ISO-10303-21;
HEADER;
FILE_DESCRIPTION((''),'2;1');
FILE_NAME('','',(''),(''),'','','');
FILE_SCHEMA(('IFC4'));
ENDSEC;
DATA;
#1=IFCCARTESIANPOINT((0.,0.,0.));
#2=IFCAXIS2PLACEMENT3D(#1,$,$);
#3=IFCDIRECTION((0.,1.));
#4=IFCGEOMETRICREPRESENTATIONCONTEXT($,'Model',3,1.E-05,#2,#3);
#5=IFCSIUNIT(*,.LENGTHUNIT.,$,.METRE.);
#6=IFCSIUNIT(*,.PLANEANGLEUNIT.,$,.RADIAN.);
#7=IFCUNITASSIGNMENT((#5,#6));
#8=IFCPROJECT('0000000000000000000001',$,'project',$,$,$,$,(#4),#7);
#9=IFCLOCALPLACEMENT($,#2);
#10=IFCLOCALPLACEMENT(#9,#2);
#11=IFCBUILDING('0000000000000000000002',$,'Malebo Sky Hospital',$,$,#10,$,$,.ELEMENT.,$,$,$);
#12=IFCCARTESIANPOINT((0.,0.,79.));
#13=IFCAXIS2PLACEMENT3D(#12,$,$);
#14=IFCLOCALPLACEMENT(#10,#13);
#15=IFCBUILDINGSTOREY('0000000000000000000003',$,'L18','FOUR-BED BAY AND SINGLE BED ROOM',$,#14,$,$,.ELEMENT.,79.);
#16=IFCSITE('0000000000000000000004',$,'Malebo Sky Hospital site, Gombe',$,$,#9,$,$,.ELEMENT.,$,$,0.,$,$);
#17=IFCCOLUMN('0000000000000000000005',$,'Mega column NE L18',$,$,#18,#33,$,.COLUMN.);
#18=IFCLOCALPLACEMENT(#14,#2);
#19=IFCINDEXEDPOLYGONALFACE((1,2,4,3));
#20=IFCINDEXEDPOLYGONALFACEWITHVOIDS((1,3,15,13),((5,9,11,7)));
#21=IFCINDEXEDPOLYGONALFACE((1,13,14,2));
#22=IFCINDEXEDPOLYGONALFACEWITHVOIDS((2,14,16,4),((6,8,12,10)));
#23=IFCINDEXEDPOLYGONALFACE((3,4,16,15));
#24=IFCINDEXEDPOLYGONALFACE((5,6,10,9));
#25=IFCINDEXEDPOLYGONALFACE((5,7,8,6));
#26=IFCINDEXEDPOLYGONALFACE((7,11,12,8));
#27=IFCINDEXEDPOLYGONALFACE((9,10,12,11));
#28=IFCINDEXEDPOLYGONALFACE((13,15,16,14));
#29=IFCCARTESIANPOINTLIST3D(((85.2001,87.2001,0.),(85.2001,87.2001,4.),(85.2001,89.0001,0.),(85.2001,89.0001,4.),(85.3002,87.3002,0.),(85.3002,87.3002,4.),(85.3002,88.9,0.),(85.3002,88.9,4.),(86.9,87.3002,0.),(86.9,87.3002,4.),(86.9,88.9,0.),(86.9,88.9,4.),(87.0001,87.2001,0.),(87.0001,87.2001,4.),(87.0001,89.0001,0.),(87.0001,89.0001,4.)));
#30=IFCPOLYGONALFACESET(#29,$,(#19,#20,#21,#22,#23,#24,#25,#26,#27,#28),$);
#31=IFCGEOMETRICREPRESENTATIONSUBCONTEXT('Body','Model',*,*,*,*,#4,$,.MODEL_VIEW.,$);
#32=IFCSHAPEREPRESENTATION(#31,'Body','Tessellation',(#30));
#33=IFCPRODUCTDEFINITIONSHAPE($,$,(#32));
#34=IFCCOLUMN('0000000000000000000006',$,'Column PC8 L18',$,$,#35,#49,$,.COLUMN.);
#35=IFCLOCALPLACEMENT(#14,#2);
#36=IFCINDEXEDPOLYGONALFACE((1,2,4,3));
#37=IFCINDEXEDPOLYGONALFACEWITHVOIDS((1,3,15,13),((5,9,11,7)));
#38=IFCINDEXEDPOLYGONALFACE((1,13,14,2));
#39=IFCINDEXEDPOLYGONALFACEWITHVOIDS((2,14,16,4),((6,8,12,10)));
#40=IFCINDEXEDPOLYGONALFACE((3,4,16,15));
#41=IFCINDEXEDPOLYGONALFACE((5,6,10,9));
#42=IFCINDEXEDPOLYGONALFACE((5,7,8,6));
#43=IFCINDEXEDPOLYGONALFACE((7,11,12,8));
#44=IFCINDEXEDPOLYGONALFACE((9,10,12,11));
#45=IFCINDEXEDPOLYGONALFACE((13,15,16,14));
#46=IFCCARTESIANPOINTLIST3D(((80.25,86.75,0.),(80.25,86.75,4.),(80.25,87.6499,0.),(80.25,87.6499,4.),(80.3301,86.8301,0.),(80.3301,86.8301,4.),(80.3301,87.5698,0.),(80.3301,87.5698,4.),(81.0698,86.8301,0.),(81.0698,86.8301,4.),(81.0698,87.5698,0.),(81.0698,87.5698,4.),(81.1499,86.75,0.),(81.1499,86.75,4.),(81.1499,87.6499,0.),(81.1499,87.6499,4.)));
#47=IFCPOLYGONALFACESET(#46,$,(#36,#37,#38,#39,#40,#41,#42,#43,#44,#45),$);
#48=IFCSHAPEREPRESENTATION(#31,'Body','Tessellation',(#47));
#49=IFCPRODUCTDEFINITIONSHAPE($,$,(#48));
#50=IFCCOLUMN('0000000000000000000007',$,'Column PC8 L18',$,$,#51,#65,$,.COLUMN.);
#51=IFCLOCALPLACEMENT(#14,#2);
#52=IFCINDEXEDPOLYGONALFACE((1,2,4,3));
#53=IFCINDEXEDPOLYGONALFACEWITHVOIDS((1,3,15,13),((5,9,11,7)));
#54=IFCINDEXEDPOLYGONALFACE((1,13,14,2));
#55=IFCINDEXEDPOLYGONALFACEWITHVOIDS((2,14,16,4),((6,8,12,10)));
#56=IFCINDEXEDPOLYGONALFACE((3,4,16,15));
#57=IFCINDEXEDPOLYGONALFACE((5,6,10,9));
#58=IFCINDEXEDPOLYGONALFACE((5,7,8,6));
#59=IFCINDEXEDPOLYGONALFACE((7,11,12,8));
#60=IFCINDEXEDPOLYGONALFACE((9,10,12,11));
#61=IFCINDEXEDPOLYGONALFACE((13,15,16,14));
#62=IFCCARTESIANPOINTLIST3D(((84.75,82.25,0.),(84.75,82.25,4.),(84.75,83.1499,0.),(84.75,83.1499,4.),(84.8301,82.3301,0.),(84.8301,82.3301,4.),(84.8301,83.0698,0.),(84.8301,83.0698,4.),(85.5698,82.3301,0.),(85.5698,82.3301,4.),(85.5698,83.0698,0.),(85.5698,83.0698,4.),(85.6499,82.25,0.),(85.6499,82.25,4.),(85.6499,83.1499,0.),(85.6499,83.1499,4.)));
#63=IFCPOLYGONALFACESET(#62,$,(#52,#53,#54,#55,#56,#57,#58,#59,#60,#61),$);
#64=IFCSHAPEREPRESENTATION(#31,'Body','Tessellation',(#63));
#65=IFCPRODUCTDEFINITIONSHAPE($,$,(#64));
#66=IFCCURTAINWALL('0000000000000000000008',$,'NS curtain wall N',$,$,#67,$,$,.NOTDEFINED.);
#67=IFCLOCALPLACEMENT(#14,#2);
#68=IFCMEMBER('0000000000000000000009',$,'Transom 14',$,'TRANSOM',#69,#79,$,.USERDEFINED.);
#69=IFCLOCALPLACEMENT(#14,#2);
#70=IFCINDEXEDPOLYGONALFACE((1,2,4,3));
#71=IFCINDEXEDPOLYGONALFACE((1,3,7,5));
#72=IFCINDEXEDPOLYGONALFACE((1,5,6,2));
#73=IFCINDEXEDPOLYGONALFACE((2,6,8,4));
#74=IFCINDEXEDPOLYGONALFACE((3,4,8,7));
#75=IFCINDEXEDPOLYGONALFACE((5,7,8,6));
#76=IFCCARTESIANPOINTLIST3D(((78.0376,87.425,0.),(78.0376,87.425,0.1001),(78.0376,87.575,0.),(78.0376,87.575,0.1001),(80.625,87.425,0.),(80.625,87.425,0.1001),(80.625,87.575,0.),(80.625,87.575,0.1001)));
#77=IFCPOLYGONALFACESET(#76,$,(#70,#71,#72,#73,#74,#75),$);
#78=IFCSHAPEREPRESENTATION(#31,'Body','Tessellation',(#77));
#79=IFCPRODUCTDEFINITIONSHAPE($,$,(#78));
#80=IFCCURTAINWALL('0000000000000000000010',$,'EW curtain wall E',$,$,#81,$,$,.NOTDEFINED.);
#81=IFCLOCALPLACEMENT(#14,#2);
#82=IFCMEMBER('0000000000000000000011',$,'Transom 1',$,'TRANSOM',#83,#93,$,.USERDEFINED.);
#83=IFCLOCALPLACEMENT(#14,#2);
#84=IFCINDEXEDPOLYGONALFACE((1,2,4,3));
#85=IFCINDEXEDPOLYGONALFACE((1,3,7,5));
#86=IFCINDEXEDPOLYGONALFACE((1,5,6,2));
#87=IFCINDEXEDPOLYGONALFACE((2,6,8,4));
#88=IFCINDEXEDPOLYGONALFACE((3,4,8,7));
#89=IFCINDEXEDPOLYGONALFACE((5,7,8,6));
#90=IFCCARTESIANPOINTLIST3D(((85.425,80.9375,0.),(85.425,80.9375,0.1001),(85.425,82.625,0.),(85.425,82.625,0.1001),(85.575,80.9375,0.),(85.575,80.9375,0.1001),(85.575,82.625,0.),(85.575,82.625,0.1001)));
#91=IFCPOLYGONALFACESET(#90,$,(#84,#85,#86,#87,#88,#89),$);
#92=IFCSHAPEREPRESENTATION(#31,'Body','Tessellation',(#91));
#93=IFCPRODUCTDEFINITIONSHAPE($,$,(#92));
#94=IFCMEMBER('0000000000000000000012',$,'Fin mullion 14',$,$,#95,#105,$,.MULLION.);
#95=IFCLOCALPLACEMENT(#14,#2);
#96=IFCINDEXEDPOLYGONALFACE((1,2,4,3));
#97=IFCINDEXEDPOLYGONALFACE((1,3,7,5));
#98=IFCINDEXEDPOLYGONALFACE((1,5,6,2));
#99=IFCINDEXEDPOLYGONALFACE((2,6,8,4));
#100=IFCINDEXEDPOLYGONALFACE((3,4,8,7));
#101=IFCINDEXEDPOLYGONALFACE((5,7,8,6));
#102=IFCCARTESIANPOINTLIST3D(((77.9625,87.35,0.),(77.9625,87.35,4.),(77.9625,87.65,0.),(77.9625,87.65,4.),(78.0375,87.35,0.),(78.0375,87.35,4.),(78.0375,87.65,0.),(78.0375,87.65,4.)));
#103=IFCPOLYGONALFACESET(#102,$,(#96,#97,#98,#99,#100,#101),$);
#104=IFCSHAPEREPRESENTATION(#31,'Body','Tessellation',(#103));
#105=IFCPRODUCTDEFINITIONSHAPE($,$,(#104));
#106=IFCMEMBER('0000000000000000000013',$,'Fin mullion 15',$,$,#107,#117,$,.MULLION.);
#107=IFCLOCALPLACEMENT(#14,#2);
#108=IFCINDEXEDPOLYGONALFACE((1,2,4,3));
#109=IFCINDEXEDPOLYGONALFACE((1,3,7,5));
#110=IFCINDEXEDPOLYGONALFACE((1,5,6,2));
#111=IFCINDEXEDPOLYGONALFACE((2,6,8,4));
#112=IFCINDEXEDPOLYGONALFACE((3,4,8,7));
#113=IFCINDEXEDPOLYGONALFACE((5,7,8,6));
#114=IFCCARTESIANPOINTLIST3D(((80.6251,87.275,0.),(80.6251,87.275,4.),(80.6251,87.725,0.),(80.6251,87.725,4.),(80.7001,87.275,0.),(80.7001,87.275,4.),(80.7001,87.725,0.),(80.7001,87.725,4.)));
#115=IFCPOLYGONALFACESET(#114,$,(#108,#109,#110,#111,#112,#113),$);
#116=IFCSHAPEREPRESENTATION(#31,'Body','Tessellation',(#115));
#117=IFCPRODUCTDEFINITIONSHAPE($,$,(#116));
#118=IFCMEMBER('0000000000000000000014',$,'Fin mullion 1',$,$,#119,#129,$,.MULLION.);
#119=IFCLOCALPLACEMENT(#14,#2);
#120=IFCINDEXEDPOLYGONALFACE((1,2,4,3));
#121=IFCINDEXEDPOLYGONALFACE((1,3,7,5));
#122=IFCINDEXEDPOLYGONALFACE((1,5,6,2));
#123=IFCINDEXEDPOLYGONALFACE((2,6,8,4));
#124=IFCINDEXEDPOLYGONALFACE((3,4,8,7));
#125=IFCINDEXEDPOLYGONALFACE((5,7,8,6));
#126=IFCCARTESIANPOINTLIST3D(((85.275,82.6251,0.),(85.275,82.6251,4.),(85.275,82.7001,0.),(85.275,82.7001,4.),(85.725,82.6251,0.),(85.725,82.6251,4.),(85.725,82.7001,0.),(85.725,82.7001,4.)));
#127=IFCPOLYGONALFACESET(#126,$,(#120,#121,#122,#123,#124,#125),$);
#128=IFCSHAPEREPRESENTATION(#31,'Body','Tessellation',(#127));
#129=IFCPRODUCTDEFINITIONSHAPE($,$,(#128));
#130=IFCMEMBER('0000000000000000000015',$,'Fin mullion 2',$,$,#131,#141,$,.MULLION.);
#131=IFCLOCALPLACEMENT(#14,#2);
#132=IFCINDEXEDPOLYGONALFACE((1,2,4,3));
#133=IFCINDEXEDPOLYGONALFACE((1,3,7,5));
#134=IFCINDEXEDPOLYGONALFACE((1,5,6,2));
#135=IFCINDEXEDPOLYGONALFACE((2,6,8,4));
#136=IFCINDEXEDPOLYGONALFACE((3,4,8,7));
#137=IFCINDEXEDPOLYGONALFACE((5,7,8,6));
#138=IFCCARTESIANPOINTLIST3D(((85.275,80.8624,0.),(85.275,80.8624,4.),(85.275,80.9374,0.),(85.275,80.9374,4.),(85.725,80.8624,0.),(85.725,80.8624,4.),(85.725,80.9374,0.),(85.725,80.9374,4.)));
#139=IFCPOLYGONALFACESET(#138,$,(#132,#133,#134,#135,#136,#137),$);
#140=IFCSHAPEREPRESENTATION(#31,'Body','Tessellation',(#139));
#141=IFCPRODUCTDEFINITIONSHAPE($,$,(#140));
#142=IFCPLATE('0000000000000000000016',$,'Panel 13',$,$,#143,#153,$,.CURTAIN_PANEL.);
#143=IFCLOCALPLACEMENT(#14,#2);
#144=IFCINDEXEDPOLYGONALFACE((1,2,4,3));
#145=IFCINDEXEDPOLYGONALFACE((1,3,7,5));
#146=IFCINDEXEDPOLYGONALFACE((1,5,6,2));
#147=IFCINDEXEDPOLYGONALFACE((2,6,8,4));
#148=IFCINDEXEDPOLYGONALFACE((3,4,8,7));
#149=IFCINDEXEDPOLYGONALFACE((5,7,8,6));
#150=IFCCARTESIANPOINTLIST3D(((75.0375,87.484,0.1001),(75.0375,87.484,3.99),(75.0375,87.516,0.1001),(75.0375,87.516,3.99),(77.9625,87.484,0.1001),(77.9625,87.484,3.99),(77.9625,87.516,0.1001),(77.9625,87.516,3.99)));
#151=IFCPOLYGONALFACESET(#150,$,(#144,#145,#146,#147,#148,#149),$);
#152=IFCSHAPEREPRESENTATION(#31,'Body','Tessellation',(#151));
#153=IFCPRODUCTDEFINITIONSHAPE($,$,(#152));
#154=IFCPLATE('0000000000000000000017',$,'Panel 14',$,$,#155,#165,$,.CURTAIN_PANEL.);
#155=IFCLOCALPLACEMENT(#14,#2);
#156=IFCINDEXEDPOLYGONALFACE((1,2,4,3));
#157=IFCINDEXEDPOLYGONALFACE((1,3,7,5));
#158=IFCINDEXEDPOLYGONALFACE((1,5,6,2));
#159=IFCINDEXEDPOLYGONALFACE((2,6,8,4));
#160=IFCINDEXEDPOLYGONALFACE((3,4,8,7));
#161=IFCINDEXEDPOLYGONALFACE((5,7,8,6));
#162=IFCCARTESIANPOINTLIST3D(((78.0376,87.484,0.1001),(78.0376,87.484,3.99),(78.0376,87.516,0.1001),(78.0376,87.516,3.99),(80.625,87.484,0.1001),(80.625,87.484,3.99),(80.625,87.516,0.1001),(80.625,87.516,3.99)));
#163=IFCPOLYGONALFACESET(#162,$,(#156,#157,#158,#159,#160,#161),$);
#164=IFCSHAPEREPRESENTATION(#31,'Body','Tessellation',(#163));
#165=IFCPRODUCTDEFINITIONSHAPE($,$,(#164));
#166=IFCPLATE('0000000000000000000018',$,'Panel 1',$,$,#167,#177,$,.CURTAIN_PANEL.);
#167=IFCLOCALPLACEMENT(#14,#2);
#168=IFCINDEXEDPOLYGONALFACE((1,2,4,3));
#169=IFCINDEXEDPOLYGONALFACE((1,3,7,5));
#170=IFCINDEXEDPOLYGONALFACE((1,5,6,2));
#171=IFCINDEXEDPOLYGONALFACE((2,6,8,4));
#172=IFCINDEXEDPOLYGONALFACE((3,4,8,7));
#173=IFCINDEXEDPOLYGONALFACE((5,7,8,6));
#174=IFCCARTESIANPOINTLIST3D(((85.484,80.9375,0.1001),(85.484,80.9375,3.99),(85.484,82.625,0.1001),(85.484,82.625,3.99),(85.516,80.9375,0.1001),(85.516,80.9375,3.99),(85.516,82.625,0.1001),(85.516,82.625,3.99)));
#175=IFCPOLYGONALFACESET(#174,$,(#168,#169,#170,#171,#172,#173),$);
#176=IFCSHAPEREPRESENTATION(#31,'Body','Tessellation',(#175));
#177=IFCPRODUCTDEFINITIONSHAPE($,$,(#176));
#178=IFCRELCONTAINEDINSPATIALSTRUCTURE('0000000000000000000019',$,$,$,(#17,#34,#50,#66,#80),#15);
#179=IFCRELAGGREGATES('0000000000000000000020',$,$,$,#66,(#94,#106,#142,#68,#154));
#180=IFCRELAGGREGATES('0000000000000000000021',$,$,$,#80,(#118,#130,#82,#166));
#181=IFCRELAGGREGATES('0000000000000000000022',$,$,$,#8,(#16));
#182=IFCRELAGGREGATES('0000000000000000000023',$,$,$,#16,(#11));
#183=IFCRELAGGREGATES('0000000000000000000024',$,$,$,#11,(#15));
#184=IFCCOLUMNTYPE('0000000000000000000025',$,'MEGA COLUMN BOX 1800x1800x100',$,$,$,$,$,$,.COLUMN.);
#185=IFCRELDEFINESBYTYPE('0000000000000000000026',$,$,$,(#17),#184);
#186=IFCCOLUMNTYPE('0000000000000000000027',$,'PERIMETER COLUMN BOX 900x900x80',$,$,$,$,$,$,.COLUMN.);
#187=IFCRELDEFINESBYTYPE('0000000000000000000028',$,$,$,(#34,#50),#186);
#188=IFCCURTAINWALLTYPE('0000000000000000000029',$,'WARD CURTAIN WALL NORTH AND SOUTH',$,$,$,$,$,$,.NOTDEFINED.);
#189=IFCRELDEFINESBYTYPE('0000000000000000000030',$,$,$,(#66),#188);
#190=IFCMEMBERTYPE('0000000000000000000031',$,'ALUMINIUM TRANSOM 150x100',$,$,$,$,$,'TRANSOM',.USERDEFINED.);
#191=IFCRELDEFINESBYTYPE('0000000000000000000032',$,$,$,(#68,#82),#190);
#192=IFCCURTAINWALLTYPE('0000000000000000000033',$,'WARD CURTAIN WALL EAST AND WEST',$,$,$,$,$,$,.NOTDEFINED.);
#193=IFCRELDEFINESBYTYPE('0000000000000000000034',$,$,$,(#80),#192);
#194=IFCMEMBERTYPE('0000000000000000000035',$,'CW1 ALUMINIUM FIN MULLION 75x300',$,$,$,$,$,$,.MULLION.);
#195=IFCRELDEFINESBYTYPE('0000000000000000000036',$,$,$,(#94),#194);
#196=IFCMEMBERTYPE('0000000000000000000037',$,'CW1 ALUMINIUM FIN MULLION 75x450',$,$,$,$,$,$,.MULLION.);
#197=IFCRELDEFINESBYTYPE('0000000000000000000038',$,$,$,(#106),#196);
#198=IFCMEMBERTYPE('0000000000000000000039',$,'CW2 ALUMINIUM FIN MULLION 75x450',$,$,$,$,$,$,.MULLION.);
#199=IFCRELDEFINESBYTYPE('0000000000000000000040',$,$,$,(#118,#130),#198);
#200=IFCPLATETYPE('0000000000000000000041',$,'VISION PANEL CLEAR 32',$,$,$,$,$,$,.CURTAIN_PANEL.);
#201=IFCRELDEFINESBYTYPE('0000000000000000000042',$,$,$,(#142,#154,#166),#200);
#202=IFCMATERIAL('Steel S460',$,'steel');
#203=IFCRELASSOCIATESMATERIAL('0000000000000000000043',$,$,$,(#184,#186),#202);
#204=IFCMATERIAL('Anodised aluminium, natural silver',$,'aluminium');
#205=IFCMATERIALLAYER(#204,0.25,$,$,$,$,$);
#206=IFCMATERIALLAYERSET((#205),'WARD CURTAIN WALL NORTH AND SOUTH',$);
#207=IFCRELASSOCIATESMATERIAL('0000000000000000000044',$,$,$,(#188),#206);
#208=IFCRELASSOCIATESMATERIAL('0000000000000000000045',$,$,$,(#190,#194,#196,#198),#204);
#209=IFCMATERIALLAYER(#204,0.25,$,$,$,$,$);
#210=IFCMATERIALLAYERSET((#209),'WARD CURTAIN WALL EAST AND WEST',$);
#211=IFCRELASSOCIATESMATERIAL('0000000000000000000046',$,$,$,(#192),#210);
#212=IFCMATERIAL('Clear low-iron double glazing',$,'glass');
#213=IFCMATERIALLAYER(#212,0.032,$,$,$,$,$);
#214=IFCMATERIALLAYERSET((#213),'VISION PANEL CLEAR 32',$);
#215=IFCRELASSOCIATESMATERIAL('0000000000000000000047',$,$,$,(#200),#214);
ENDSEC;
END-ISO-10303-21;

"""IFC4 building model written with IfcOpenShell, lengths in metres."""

from ifc_helpers import new_model, si_unit, direction, frame, origin, origin_2d, place, context, subcontext, project, spatial, rectangle, hollow_rectangle, extrude, material, layer, layer_set, material_profile, profile_set, type_object, element, aggregate, save


model = new_model("IFC4")

# Units and contexts
model_context = context("Model", 3, precision=1e-05, world=origin(), true_north=direction((0.0, 1.0)))
body_context = subcontext(model_context, "Body", "Model", "MODEL_VIEW")
ifc_project = project(units=[si_unit("LENGTHUNIT", "METRE"), si_unit("PLANEANGLEUNIT", "RADIAN")], contexts=[model_context])

# Site, building, storey
site_placement = place(None, origin())
site = spatial("IfcSite", under=ifc_project, at=site_placement, Name="Malebo Sky Hospital site, Gombe", CompositionType="ELEMENT", RefElevation=0.0)
building_placement = place(site_placement, origin())
building = spatial("IfcBuilding", under=site, at=building_placement, Name="Malebo Sky Hospital", CompositionType="ELEMENT")
storey_placement = place(building_placement, frame((0.0, 0.0, 79.0)))
storey = spatial("IfcBuildingStorey", under=building, at=storey_placement, Name="L18", Description="FOUR-BED BAY AND SINGLE BED ROOM", CompositionType="ELEMENT", Elevation=79.0)

# Columns
ifc_material_1 = material(Name="Steel S460", Category="steel")
ifc_material_profile_1 = material_profile(ifc_material_1, hollow_rectangle(XDim=1.8, YDim=1.8, WallThickness=0.1001, at=origin_2d()), Name="BOX 1800x1800x100")
ifc_profile_set_1 = profile_set([ifc_material_profile_1], Name="Steel S460")
column_type_1 = type_object("IfcColumnType", Name="MEGA COLUMN BOX 1800x1800x100", PredefinedType="COLUMN", material=ifc_profile_set_1)
column_placement = place(storey_placement, frame((86.1001, 88.1001, 0.0), z_axis=(0.0, 0.0, 1.0), x_axis=(1.0, 0.0, 0.0)))
element("IfcColumn", 1, at=column_placement, inside=storey, type_object=column_type_1, Name="Mega column NE L18", PredefinedType="COLUMN", context=body_context, shape_type="SweptSolid", body=[
    extrude(hollow_rectangle(XDim=1.8, YDim=1.8, WallThickness=0.1001, at=origin_2d()), origin(), (0.0, 0.0, 1.0), 4.0),
])
ifc_material_profile_2 = material_profile(ifc_material_1, hollow_rectangle(XDim=0.8999, YDim=0.8999, WallThickness=0.0801, at=origin_2d()), Name="BOX 900x900x80")
ifc_profile_set_2 = profile_set([ifc_material_profile_2], Name="Steel S460")
column_type_2 = type_object("IfcColumnType", Name="PERIMETER COLUMN BOX 900x900x80", PredefinedType="COLUMN", material=ifc_profile_set_2)
for number, where, z_axis, x_axis, name in (
    (2, (80.7, 87.2, 0.0), (0.0, 0.0, 1.0), (1.0, 0.0, 0.0), "Column PC8 L18"),
    (3, (85.2, 82.7, 0.0), (0.0, 0.0, 1.0), (1.0, 0.0, 0.0), "Column PC8 L18"),
):
    element("IfcColumn", number, at=place(storey_placement, frame(where, z_axis=z_axis, x_axis=x_axis)), inside=storey, type_object=column_type_2, Name=name, PredefinedType="COLUMN", context=body_context, shape_type="SweptSolid", body=[
        extrude(hollow_rectangle(XDim=0.8999, YDim=0.8999, WallThickness=0.0801, at=origin_2d()), origin(), (0.0, 0.0, 1.0), 4.0),
    ])

# Curtain walls, members
ifc_material_2 = material(Name="Anodised aluminium, natural silver", Category="aluminium")
ifc_layer_1 = layer(ifc_material_2, 0.25)
ifc_layer_set_1 = layer_set([ifc_layer_1], Name="WARD CURTAIN WALL NORTH AND SOUTH")
curtain_wall_type_1 = type_object("IfcCurtainWallType", Name="WARD CURTAIN WALL NORTH AND SOUTH", PredefinedType="NOTDEFINED", material=ifc_layer_set_1)
curtain_wall_1_placement = place(storey_placement, origin())
curtain_wall_1 = element("IfcCurtainWall", 4, at=curtain_wall_1_placement, inside=storey, type_object=curtain_wall_type_1, Name="NS curtain wall N", PredefinedType="NOTDEFINED")
ifc_material_profile_3 = material_profile(ifc_material_2, rectangle(XDim=0.1499, YDim=0.1001, at=origin_2d()), Name="ALUMINIUM TRANSOM 150x100")
ifc_profile_set_3 = profile_set([ifc_material_profile_3], Name="Anodised aluminium, natural silver")
member_type_1 = type_object("IfcMemberType", Name="ALUMINIUM TRANSOM 150x100", ElementType="TRANSOM", PredefinedType="USERDEFINED", material=ifc_profile_set_3)
member_1_placement = place(storey_placement, frame((78.0376, 87.5, 0.05), z_axis=(1.0, 0.0, 0.0), x_axis=(0.0, 1.0, 0.0)))
member_1 = element("IfcMember", 5, at=member_1_placement, type_object=member_type_1, Name="Transom 14", ObjectType="TRANSOM", PredefinedType="USERDEFINED", context=body_context, shape_type="SweptSolid", body=[
    extrude(rectangle(XDim=0.1499, YDim=0.1001, at=origin_2d()), origin(), (0.0, 0.0, 1.0), 2.5874),
])
ifc_layer_2 = layer(ifc_material_2, 0.25)
ifc_layer_set_2 = layer_set([ifc_layer_2], Name="WARD CURTAIN WALL EAST AND WEST")
curtain_wall_type_2 = type_object("IfcCurtainWallType", Name="WARD CURTAIN WALL EAST AND WEST", PredefinedType="NOTDEFINED", material=ifc_layer_set_2)
curtain_wall_2_placement = place(storey_placement, origin())
curtain_wall_2 = element("IfcCurtainWall", 6, at=curtain_wall_2_placement, inside=storey, type_object=curtain_wall_type_2, Name="EW curtain wall E", PredefinedType="NOTDEFINED")
member_2_placement = place(storey_placement, frame((85.5, 82.625, 0.05), z_axis=(0.0, -1.0, 0.0), x_axis=(1.0, 0.0, 0.0)))
member_2 = element("IfcMember", 7, at=member_2_placement, type_object=member_type_1, Name="Transom 1", ObjectType="TRANSOM", PredefinedType="USERDEFINED", context=body_context, shape_type="SweptSolid", body=[
    extrude(rectangle(XDim=0.1499, YDim=0.1001, at=origin_2d()), origin(), (0.0, 0.0, 1.0), 1.6875),
])

# Members
ifc_material_profile_4 = material_profile(ifc_material_2, rectangle(XDim=0.075, YDim=0.3, at=origin_2d()), Name="CW1 ALUMINIUM FIN MULLION 75x300")
ifc_profile_set_4 = profile_set([ifc_material_profile_4], Name="Anodised aluminium, natural silver")
member_type_2 = type_object("IfcMemberType", Name="CW1 ALUMINIUM FIN MULLION 75x300", PredefinedType="MULLION", material=ifc_profile_set_4)
member_3_placement = place(storey_placement, frame((78.0, 87.5, 0.0), z_axis=(0.0, 0.0, 1.0), x_axis=(1.0, 0.0, 0.0)))
member_3 = element("IfcMember", 8, at=member_3_placement, type_object=member_type_2, Name="Fin mullion 14", PredefinedType="MULLION", context=body_context, shape_type="SweptSolid", body=[
    extrude(rectangle(XDim=0.075, YDim=0.3, at=origin_2d()), origin(), (0.0, 0.0, 1.0), 4.0),
])
ifc_material_profile_5 = material_profile(ifc_material_2, rectangle(XDim=0.075, YDim=0.45, at=origin_2d()), Name="CW1 ALUMINIUM FIN MULLION 75x450")
ifc_profile_set_5 = profile_set([ifc_material_profile_5], Name="Anodised aluminium, natural silver")
member_type_3 = type_object("IfcMemberType", Name="CW1 ALUMINIUM FIN MULLION 75x450", PredefinedType="MULLION", material=ifc_profile_set_5)
member_4_placement = place(storey_placement, frame((80.6626, 87.5, 0.0), z_axis=(0.0, 0.0, 1.0), x_axis=(1.0, 0.0, 0.0)))
member_4 = element("IfcMember", 9, at=member_4_placement, type_object=member_type_3, Name="Fin mullion 15", PredefinedType="MULLION", context=body_context, shape_type="SweptSolid", body=[
    extrude(rectangle(XDim=0.075, YDim=0.45, at=origin_2d()), origin(), (0.0, 0.0, 1.0), 4.0),
])
ifc_material_profile_6 = material_profile(ifc_material_2, rectangle(XDim=0.075, YDim=0.45, at=origin_2d()), Name="CW2 ALUMINIUM FIN MULLION 75x450")
ifc_profile_set_6 = profile_set([ifc_material_profile_6], Name="Anodised aluminium, natural silver")
member_type_4 = type_object("IfcMemberType", Name="CW2 ALUMINIUM FIN MULLION 75x450", PredefinedType="MULLION", material=ifc_profile_set_6)
member_5_placement = place(storey_placement, frame((85.5, 82.6626, 0.0), z_axis=(0.0, 0.0, 1.0), x_axis=(0.0, -1.0, 0.0)))
member_5 = element("IfcMember", 10, at=member_5_placement, type_object=member_type_4, Name="Fin mullion 1", PredefinedType="MULLION", context=body_context, shape_type="SweptSolid", body=[
    extrude(rectangle(XDim=0.075, YDim=0.45, at=origin_2d()), origin(), (0.0, 0.0, 1.0), 4.0),
])
member_6_placement = place(storey_placement, frame((85.5, 80.8999, 0.0), z_axis=(0.0, 0.0, 1.0), x_axis=(0.0, -1.0, 0.0)))
member_6 = element("IfcMember", 11, at=member_6_placement, type_object=member_type_4, Name="Fin mullion 2", PredefinedType="MULLION", context=body_context, shape_type="SweptSolid", body=[
    extrude(rectangle(XDim=0.075, YDim=0.45, at=origin_2d()), origin(), (0.0, 0.0, 1.0), 4.0),
])

# Plates
ifc_material_3 = material(Name="Clear low-iron double glazing", Category="glass")
ifc_layer_3 = layer(ifc_material_3, 0.032)
ifc_layer_set_3 = layer_set([ifc_layer_3], Name="VISION PANEL CLEAR 32")
plate_type = type_object("IfcPlateType", Name="VISION PANEL CLEAR 32", PredefinedType="CURTAIN_PANEL", material=ifc_layer_set_3)
plate_1_placement = place(storey_placement, frame((76.5, 87.5, 0.1001), z_axis=(0.0, 0.0, 1.0), x_axis=(1.0, 0.0, 0.0)))
plate_1 = element("IfcPlate", 12, at=plate_1_placement, type_object=plate_type, Name="Panel 13", PredefinedType="CURTAIN_PANEL", context=body_context, shape_type="SweptSolid", body=[
    extrude(rectangle(XDim=2.925, YDim=0.032, at=origin_2d()), origin(), (0.0, 0.0, 1.0), 3.8899),
])
plate_2_placement = place(storey_placement, frame((79.3313, 87.5, 0.1001), z_axis=(0.0, 0.0, 1.0), x_axis=(1.0, 0.0, 0.0)))
plate_2 = element("IfcPlate", 13, at=plate_2_placement, type_object=plate_type, Name="Panel 14", PredefinedType="CURTAIN_PANEL", context=body_context, shape_type="SweptSolid", body=[
    extrude(rectangle(XDim=2.5874, YDim=0.032, at=origin_2d()), origin(), (0.0, 0.0, 1.0), 3.8899),
])
aggregate(curtain_wall_1, [member_3, member_4, plate_1, member_1, plate_2])
plate_3_placement = place(storey_placement, frame((85.5, 81.7812, 0.1001), z_axis=(0.0, 0.0, 1.0), x_axis=(0.0, -1.0, 0.0)))
plate_3 = element("IfcPlate", 14, at=plate_3_placement, type_object=plate_type, Name="Panel 1", PredefinedType="CURTAIN_PANEL", context=body_context, shape_type="SweptSolid", body=[
    extrude(rectangle(XDim=1.6875, YDim=0.032, at=origin_2d()), origin(), (0.0, 0.0, 1.0), 3.8899),
])
aggregate(curtain_wall_2, [member_5, member_6, member_2, plate_3])

save(model, "model.ifc")
